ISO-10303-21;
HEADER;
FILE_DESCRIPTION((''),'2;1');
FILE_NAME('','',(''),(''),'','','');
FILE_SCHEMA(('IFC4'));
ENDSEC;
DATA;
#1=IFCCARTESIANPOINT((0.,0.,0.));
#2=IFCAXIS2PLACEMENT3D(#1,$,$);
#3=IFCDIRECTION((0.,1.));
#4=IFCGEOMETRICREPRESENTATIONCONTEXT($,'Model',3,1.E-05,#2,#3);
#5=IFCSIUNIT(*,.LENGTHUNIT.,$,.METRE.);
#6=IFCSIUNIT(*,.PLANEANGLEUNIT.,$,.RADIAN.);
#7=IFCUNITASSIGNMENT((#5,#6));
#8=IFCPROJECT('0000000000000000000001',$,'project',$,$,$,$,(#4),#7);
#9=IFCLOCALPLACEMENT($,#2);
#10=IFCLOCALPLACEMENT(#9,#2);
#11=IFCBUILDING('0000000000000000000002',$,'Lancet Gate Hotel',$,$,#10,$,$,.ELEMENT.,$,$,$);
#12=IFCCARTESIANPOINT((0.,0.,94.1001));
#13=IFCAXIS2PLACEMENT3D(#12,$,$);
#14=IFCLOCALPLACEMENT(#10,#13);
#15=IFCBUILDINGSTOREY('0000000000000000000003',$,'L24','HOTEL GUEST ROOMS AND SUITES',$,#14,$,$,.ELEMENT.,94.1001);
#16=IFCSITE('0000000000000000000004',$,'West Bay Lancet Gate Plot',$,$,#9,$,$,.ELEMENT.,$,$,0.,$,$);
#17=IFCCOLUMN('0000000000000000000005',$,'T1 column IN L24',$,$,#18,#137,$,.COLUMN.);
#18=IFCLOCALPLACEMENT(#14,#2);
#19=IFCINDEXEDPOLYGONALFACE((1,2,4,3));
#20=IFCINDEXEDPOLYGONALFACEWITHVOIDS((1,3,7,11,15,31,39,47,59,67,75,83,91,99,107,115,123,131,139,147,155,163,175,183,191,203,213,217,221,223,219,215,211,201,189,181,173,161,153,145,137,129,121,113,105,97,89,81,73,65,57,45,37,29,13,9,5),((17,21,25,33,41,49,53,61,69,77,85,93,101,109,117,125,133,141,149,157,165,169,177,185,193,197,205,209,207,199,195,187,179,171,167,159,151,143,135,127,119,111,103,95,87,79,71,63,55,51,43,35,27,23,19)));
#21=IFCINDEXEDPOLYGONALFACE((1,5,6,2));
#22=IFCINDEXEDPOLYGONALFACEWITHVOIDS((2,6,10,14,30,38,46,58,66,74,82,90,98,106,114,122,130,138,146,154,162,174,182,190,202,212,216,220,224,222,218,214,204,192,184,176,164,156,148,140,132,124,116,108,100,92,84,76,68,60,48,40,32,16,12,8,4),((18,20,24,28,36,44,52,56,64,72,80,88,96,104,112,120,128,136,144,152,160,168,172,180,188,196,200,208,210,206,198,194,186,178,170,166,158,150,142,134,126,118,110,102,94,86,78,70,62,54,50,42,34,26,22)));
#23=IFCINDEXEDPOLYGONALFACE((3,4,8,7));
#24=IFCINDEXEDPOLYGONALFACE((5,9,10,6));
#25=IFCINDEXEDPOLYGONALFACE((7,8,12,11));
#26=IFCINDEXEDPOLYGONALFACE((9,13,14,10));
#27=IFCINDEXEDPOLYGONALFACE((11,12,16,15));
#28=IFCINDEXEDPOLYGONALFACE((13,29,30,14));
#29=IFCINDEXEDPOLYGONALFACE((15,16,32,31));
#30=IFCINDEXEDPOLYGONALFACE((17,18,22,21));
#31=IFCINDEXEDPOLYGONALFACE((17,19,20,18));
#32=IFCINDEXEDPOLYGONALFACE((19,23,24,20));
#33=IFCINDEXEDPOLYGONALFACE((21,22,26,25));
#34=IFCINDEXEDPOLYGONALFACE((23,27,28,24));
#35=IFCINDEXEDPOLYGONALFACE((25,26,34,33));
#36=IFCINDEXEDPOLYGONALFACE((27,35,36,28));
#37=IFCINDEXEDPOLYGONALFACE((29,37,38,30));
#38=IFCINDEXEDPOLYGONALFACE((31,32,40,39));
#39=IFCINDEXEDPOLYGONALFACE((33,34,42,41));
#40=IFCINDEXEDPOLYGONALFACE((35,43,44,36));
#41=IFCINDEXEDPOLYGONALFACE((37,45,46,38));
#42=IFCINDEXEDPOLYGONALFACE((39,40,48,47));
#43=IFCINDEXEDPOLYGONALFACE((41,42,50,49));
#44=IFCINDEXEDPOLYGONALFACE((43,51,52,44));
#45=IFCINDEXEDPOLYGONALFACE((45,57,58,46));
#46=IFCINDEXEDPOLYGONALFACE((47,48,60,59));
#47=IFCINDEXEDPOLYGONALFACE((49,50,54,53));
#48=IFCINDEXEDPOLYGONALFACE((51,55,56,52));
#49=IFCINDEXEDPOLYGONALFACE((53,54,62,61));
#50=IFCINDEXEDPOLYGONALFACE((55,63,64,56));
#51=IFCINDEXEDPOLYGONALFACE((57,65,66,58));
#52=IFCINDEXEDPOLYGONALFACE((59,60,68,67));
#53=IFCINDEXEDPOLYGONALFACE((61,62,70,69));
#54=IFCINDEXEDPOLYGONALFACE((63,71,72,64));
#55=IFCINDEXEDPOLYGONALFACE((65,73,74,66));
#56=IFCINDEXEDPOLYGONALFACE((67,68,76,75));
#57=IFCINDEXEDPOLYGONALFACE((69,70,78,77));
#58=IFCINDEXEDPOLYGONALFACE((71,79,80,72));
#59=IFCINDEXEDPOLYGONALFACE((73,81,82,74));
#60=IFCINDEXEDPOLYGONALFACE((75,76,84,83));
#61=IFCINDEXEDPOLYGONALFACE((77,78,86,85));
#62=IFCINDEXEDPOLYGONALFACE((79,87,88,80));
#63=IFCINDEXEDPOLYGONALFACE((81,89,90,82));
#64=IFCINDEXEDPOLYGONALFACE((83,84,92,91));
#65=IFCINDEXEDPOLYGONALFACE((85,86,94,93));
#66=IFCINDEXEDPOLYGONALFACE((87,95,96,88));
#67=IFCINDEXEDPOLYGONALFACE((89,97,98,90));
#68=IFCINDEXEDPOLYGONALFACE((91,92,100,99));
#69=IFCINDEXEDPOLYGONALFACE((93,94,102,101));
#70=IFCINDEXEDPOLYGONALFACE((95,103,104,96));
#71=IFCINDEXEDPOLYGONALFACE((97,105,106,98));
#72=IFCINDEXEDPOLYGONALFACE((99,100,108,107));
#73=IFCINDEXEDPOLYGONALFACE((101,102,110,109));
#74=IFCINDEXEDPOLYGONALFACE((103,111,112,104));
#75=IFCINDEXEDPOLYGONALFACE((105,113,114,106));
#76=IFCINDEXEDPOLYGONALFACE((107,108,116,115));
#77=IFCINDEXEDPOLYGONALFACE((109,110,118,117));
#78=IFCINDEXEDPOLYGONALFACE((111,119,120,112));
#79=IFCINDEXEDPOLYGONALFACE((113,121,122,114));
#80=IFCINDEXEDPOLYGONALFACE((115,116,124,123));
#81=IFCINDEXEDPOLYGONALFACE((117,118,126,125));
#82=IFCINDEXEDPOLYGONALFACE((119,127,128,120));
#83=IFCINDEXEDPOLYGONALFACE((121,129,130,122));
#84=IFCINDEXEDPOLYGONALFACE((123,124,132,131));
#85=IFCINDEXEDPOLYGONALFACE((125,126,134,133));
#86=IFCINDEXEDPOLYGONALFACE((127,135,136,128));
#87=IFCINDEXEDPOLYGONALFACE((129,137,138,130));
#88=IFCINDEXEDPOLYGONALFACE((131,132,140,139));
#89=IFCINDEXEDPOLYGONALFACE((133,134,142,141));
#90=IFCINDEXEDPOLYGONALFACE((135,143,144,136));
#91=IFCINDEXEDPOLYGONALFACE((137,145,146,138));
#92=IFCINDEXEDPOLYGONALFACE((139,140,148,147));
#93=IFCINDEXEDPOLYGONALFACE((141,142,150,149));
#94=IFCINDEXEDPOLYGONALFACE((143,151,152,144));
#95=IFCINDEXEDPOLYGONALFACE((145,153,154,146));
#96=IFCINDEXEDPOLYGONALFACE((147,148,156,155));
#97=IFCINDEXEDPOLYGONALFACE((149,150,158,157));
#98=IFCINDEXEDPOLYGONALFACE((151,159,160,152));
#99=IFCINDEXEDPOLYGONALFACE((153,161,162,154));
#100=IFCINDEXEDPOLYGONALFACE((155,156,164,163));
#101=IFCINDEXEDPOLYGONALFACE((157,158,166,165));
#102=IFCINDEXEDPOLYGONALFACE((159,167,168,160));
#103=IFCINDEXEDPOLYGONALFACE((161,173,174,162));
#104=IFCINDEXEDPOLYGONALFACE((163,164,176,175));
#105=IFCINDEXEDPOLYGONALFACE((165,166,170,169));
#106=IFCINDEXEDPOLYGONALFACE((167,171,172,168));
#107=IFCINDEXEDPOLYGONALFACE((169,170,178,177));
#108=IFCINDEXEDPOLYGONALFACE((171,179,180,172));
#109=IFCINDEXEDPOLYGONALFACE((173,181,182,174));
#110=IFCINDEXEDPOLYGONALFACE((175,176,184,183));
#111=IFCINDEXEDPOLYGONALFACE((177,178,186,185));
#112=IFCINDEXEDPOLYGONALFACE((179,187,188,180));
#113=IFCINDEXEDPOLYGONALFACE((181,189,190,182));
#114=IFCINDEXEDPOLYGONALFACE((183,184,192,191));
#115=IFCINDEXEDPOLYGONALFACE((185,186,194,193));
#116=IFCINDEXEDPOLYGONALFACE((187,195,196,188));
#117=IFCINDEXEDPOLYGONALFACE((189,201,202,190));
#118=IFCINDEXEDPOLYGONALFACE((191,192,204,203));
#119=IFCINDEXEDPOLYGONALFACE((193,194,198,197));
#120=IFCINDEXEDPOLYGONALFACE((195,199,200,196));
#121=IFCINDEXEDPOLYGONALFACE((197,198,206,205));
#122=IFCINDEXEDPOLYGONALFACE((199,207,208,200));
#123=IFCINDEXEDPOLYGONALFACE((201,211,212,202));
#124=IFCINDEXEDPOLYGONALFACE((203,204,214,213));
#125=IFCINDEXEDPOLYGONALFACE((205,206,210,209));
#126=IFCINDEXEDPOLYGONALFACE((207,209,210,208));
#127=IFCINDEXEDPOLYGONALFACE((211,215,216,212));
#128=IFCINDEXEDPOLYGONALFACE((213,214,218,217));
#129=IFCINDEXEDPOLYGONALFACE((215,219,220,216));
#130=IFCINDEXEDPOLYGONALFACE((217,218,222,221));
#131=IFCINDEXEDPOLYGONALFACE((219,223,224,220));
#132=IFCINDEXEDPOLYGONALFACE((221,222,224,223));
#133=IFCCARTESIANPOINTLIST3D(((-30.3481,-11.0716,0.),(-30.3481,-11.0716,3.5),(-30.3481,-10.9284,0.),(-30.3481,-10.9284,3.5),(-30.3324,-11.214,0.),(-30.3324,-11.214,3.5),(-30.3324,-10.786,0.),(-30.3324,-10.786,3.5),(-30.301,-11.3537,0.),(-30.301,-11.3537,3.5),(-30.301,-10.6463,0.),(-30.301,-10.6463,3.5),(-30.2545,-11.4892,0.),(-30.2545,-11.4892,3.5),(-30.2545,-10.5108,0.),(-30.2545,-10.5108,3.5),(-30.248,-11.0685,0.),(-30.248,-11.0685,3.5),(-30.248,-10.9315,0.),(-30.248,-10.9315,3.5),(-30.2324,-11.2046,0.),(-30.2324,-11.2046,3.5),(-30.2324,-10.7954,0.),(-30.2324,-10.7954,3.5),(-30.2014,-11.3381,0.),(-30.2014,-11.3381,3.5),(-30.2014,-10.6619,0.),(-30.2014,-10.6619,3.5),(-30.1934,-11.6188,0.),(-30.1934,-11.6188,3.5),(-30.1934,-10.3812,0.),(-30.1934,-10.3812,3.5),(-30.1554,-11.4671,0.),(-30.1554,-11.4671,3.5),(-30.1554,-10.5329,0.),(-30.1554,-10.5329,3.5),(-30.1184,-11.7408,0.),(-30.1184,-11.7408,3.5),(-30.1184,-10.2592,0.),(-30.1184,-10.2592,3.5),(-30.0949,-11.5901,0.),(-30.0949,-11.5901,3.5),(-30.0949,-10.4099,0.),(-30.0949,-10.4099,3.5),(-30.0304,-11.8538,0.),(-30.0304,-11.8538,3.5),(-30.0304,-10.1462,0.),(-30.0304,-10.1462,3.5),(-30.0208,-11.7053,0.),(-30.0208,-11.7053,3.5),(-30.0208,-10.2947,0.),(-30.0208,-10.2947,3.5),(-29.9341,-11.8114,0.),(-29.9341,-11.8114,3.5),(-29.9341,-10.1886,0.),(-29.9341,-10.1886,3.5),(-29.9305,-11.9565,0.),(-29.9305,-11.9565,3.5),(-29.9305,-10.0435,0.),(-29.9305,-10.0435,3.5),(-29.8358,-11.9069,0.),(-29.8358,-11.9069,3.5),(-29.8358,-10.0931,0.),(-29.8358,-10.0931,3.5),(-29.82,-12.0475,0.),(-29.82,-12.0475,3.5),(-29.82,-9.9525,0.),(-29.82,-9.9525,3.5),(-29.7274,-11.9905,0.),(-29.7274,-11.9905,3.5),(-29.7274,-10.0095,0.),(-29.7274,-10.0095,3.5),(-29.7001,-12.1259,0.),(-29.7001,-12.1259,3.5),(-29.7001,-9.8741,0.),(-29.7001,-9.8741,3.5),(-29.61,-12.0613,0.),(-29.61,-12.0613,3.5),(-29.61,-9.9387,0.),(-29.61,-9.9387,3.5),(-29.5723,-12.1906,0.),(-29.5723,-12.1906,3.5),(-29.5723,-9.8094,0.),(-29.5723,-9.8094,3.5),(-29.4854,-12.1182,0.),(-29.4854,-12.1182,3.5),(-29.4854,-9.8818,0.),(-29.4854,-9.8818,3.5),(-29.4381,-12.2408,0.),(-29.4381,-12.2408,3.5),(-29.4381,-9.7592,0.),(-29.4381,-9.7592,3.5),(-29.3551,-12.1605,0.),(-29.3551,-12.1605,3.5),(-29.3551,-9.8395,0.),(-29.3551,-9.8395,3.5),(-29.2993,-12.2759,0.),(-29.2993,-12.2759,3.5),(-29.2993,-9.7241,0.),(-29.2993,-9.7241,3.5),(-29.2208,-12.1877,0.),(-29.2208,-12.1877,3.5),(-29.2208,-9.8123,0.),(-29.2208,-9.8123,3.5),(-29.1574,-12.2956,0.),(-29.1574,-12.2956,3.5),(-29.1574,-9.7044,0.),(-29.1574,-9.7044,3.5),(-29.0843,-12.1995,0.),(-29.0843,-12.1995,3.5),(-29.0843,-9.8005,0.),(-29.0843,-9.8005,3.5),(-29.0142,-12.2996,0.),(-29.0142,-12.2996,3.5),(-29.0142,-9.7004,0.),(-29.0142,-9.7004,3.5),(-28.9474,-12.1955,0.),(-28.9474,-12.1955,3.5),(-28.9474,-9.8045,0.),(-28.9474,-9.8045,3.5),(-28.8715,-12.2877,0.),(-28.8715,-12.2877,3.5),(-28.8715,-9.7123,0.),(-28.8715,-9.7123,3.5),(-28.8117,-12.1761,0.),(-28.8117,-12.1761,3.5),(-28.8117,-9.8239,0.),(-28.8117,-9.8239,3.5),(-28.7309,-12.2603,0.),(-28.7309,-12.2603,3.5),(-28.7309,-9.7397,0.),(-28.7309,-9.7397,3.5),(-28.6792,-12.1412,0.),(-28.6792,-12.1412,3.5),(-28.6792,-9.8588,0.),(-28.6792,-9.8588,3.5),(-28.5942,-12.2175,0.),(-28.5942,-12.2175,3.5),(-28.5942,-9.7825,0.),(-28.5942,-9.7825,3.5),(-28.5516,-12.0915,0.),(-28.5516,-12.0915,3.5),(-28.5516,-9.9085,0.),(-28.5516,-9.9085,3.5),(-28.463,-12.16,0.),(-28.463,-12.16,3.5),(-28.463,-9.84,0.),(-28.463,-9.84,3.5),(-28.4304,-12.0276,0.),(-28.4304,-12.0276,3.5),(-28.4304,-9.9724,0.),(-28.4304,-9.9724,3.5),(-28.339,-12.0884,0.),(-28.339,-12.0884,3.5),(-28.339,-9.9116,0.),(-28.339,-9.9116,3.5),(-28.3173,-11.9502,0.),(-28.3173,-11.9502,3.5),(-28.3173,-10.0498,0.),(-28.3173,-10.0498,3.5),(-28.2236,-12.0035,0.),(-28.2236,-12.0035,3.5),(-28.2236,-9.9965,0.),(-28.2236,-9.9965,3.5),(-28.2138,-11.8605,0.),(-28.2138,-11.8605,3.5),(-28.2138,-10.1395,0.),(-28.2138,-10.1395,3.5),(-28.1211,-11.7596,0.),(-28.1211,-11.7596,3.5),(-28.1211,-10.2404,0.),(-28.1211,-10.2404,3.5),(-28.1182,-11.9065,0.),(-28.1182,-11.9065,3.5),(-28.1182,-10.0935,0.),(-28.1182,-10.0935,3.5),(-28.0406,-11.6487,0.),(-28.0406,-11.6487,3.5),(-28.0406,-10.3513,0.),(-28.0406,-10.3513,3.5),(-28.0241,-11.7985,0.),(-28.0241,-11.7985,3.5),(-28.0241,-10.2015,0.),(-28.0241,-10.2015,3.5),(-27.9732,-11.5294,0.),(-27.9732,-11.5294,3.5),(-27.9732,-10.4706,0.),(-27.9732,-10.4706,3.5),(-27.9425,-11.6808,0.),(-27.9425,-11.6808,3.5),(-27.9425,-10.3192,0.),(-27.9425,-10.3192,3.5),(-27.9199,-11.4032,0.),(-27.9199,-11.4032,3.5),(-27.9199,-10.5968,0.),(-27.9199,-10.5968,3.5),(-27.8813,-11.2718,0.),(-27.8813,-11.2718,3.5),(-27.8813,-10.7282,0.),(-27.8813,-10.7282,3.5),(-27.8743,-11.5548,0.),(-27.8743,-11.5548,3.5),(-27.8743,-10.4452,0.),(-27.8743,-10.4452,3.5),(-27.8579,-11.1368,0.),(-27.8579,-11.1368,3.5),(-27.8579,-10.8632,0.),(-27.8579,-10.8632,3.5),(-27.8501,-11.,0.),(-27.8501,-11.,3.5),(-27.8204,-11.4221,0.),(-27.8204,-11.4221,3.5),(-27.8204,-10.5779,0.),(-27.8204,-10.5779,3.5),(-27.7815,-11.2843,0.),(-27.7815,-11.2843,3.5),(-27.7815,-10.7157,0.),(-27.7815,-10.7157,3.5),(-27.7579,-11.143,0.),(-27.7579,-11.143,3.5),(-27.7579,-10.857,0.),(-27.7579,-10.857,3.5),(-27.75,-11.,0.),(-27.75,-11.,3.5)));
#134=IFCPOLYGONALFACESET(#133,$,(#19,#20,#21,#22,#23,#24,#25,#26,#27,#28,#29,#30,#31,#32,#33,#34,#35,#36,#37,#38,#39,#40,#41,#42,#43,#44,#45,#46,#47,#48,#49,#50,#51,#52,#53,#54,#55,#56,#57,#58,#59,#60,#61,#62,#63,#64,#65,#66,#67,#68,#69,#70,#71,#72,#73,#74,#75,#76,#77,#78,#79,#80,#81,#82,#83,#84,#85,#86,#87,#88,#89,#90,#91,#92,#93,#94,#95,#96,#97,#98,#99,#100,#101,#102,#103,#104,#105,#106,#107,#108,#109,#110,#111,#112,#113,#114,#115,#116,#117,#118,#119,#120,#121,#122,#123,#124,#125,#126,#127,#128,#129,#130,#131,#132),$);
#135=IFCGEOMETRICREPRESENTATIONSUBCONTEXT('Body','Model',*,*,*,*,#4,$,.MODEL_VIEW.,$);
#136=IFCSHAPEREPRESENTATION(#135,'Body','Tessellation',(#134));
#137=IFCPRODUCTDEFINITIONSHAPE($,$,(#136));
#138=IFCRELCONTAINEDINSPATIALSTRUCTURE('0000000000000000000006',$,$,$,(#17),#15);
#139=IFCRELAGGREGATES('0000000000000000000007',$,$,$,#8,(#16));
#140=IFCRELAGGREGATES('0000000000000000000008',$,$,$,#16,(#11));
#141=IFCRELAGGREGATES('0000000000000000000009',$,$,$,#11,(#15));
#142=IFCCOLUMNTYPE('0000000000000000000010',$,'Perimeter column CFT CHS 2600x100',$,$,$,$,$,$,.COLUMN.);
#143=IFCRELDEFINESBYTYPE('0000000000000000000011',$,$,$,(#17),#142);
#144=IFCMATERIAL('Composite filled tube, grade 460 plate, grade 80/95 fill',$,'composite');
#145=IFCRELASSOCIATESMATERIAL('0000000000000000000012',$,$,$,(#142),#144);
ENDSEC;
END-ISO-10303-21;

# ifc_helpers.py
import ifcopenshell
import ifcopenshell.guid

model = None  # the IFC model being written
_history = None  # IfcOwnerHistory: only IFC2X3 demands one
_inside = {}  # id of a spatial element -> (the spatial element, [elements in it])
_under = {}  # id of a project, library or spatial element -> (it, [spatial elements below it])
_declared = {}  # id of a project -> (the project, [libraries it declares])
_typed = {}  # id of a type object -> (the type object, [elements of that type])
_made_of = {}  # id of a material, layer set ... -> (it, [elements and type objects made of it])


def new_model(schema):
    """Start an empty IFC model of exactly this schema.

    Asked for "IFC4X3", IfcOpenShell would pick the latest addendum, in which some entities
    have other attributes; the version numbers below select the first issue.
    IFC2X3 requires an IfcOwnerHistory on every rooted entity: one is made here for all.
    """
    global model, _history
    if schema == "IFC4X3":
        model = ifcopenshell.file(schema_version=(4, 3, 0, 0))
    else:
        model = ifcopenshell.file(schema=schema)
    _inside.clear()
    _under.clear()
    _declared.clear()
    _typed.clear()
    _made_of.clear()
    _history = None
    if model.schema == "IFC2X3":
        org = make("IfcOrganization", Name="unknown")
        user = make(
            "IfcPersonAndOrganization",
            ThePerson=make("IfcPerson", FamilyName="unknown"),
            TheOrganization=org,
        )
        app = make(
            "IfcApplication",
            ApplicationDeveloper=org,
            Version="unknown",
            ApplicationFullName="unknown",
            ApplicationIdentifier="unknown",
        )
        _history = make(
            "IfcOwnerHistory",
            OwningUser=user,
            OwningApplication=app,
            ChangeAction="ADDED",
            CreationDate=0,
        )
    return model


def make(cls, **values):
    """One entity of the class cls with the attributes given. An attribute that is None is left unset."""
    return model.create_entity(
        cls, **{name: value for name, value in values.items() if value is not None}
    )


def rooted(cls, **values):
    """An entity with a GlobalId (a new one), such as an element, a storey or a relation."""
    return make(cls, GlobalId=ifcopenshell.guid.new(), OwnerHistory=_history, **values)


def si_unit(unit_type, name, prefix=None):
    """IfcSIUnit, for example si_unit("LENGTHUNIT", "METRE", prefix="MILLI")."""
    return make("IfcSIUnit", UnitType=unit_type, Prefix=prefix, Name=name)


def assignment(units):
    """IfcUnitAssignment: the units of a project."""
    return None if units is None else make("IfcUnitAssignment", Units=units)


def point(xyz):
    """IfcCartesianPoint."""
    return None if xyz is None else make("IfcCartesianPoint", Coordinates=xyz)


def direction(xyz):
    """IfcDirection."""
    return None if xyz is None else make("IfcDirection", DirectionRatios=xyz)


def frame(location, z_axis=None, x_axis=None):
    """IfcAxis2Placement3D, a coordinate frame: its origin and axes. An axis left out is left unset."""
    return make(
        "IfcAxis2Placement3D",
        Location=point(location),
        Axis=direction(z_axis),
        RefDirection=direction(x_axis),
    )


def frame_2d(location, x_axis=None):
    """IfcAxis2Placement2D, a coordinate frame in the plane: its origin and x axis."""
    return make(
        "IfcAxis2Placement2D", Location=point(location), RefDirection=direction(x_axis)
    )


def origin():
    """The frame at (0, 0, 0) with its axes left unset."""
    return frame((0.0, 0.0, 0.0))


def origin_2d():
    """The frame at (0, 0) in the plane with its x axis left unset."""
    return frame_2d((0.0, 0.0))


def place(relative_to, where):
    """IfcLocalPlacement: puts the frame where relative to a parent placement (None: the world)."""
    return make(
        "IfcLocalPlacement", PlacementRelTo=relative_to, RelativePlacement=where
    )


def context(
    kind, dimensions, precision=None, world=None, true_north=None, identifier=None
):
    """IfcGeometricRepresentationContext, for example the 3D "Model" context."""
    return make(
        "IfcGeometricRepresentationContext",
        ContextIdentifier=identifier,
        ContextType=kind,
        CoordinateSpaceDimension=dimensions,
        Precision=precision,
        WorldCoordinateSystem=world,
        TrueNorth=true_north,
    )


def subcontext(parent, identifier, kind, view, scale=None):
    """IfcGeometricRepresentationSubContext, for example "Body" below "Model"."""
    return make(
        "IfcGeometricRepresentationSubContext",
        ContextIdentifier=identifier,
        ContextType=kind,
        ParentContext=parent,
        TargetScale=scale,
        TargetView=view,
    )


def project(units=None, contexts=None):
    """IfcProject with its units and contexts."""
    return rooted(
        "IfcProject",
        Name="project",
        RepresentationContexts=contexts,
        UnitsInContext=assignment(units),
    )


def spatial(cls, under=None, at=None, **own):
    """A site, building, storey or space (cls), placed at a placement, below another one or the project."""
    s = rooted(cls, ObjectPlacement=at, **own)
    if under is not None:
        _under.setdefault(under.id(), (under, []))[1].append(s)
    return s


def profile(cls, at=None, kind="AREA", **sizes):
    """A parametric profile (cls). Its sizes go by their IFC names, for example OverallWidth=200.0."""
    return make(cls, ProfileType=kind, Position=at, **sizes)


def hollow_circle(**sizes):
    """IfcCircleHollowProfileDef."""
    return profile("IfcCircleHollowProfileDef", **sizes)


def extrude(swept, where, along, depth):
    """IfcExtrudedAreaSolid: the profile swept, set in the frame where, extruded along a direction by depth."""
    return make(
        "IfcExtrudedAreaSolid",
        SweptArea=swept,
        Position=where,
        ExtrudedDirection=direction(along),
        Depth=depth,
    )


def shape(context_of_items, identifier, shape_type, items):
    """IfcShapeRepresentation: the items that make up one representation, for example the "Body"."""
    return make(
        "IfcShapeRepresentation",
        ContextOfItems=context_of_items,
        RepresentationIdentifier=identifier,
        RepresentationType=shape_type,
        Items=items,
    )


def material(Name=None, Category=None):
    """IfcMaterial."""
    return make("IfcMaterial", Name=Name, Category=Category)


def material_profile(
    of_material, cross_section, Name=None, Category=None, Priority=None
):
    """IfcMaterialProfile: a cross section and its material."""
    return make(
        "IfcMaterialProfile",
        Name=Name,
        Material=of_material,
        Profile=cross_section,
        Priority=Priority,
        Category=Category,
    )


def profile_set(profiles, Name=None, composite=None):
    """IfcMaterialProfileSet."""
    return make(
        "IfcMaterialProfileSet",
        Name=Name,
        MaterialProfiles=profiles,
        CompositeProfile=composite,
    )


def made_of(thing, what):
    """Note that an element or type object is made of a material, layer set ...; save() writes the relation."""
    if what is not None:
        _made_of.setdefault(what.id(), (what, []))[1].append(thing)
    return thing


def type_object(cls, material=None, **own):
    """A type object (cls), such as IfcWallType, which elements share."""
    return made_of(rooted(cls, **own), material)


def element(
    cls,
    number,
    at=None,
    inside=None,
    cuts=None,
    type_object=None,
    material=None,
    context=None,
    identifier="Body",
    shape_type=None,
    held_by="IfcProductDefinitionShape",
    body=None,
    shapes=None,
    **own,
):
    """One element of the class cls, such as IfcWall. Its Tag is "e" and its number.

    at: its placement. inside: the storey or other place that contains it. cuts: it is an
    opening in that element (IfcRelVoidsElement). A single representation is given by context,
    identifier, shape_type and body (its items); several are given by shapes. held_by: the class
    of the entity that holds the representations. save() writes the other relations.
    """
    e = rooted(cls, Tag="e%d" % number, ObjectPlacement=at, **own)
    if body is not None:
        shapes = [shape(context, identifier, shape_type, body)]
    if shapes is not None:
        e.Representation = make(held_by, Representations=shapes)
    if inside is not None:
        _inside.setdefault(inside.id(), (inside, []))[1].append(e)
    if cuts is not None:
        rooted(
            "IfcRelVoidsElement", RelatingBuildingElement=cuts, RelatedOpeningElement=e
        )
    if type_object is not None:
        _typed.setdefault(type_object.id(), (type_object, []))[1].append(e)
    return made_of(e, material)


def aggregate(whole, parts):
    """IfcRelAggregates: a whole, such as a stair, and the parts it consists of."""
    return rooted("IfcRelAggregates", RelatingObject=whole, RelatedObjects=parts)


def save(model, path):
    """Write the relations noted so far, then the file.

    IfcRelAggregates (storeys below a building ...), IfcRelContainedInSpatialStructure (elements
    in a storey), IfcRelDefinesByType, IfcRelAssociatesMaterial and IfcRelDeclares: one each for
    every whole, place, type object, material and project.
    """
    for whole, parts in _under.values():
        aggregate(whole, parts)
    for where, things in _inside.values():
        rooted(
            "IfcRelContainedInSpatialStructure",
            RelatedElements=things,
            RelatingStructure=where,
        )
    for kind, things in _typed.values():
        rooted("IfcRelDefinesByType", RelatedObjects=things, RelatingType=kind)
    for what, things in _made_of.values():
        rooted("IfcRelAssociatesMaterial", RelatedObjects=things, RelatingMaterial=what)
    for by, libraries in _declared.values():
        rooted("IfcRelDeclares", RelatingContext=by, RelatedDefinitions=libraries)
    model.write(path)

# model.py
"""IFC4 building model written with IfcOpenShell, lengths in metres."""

from ifc_helpers import new_model, si_unit, direction, frame, origin, origin_2d, place, context, subcontext, project, spatial, hollow_circle, extrude, material, material_profile, profile_set, type_object, element, save


model = new_model("IFC4")

# Units and contexts
model_context = context("Model", 3, precision=1e-05, world=origin(), true_north=direction((0.0, 1.0)))
body_context = subcontext(model_context, "Body", "Model", "MODEL_VIEW")
ifc_project = project(units=[si_unit("LENGTHUNIT", "METRE"), si_unit("PLANEANGLEUNIT", "RADIAN")], contexts=[model_context])

# Site, building, storey
site_placement = place(None, origin())
site = spatial("IfcSite", under=ifc_project, at=site_placement, Name="West Bay Lancet Gate Plot", CompositionType="ELEMENT", RefElevation=0.0)
building_placement = place(site_placement, origin())
building = spatial("IfcBuilding", under=site, at=building_placement, Name="Lancet Gate Hotel", CompositionType="ELEMENT")
storey_placement = place(building_placement, frame((0.0, 0.0, 94.1001)))
storey = spatial("IfcBuildingStorey", under=building, at=storey_placement, Name="L24", Description="HOTEL GUEST ROOMS AND SUITES", CompositionType="ELEMENT", Elevation=94.1001)

# Column
ifc_material_1 = material(Name="Composite filled tube, grade 460 plate, grade 80/95 fill", Category="composite")
ifc_material_profile_1 = material_profile(ifc_material_1, hollow_circle(Radius=1.3, WallThickness=0.1001, at=origin_2d()), Name="CHS 2600x100")
ifc_profile_set_1 = profile_set([ifc_material_profile_1], Name="Composite filled tube, grade 460 plate, grade 80/95 fill")
column_type = type_object("IfcColumnType", Name="Perimeter column CFT CHS 2600x100", PredefinedType="COLUMN", material=ifc_profile_set_1)
for number, where, z_axis, x_axis, name in (
    (1, (-29.05, -11.0, 0.0), (0.0, 0.0, 1.0), (1.0, 0.0, 0.0), "T1 column IN L24"),
):
    element("IfcColumn", number, at=place(storey_placement, frame(where, z_axis=z_axis, x_axis=x_axis)), inside=storey, type_object=column_type, Name=name, PredefinedType="COLUMN", context=body_context, shape_type="SweptSolid", body=[
        extrude(hollow_circle(Radius=1.3, WallThickness=0.1001, at=origin_2d()), origin(), (0.0, 0.0, 1.0), 3.5),
    ])

save(model, "model.ifc")
